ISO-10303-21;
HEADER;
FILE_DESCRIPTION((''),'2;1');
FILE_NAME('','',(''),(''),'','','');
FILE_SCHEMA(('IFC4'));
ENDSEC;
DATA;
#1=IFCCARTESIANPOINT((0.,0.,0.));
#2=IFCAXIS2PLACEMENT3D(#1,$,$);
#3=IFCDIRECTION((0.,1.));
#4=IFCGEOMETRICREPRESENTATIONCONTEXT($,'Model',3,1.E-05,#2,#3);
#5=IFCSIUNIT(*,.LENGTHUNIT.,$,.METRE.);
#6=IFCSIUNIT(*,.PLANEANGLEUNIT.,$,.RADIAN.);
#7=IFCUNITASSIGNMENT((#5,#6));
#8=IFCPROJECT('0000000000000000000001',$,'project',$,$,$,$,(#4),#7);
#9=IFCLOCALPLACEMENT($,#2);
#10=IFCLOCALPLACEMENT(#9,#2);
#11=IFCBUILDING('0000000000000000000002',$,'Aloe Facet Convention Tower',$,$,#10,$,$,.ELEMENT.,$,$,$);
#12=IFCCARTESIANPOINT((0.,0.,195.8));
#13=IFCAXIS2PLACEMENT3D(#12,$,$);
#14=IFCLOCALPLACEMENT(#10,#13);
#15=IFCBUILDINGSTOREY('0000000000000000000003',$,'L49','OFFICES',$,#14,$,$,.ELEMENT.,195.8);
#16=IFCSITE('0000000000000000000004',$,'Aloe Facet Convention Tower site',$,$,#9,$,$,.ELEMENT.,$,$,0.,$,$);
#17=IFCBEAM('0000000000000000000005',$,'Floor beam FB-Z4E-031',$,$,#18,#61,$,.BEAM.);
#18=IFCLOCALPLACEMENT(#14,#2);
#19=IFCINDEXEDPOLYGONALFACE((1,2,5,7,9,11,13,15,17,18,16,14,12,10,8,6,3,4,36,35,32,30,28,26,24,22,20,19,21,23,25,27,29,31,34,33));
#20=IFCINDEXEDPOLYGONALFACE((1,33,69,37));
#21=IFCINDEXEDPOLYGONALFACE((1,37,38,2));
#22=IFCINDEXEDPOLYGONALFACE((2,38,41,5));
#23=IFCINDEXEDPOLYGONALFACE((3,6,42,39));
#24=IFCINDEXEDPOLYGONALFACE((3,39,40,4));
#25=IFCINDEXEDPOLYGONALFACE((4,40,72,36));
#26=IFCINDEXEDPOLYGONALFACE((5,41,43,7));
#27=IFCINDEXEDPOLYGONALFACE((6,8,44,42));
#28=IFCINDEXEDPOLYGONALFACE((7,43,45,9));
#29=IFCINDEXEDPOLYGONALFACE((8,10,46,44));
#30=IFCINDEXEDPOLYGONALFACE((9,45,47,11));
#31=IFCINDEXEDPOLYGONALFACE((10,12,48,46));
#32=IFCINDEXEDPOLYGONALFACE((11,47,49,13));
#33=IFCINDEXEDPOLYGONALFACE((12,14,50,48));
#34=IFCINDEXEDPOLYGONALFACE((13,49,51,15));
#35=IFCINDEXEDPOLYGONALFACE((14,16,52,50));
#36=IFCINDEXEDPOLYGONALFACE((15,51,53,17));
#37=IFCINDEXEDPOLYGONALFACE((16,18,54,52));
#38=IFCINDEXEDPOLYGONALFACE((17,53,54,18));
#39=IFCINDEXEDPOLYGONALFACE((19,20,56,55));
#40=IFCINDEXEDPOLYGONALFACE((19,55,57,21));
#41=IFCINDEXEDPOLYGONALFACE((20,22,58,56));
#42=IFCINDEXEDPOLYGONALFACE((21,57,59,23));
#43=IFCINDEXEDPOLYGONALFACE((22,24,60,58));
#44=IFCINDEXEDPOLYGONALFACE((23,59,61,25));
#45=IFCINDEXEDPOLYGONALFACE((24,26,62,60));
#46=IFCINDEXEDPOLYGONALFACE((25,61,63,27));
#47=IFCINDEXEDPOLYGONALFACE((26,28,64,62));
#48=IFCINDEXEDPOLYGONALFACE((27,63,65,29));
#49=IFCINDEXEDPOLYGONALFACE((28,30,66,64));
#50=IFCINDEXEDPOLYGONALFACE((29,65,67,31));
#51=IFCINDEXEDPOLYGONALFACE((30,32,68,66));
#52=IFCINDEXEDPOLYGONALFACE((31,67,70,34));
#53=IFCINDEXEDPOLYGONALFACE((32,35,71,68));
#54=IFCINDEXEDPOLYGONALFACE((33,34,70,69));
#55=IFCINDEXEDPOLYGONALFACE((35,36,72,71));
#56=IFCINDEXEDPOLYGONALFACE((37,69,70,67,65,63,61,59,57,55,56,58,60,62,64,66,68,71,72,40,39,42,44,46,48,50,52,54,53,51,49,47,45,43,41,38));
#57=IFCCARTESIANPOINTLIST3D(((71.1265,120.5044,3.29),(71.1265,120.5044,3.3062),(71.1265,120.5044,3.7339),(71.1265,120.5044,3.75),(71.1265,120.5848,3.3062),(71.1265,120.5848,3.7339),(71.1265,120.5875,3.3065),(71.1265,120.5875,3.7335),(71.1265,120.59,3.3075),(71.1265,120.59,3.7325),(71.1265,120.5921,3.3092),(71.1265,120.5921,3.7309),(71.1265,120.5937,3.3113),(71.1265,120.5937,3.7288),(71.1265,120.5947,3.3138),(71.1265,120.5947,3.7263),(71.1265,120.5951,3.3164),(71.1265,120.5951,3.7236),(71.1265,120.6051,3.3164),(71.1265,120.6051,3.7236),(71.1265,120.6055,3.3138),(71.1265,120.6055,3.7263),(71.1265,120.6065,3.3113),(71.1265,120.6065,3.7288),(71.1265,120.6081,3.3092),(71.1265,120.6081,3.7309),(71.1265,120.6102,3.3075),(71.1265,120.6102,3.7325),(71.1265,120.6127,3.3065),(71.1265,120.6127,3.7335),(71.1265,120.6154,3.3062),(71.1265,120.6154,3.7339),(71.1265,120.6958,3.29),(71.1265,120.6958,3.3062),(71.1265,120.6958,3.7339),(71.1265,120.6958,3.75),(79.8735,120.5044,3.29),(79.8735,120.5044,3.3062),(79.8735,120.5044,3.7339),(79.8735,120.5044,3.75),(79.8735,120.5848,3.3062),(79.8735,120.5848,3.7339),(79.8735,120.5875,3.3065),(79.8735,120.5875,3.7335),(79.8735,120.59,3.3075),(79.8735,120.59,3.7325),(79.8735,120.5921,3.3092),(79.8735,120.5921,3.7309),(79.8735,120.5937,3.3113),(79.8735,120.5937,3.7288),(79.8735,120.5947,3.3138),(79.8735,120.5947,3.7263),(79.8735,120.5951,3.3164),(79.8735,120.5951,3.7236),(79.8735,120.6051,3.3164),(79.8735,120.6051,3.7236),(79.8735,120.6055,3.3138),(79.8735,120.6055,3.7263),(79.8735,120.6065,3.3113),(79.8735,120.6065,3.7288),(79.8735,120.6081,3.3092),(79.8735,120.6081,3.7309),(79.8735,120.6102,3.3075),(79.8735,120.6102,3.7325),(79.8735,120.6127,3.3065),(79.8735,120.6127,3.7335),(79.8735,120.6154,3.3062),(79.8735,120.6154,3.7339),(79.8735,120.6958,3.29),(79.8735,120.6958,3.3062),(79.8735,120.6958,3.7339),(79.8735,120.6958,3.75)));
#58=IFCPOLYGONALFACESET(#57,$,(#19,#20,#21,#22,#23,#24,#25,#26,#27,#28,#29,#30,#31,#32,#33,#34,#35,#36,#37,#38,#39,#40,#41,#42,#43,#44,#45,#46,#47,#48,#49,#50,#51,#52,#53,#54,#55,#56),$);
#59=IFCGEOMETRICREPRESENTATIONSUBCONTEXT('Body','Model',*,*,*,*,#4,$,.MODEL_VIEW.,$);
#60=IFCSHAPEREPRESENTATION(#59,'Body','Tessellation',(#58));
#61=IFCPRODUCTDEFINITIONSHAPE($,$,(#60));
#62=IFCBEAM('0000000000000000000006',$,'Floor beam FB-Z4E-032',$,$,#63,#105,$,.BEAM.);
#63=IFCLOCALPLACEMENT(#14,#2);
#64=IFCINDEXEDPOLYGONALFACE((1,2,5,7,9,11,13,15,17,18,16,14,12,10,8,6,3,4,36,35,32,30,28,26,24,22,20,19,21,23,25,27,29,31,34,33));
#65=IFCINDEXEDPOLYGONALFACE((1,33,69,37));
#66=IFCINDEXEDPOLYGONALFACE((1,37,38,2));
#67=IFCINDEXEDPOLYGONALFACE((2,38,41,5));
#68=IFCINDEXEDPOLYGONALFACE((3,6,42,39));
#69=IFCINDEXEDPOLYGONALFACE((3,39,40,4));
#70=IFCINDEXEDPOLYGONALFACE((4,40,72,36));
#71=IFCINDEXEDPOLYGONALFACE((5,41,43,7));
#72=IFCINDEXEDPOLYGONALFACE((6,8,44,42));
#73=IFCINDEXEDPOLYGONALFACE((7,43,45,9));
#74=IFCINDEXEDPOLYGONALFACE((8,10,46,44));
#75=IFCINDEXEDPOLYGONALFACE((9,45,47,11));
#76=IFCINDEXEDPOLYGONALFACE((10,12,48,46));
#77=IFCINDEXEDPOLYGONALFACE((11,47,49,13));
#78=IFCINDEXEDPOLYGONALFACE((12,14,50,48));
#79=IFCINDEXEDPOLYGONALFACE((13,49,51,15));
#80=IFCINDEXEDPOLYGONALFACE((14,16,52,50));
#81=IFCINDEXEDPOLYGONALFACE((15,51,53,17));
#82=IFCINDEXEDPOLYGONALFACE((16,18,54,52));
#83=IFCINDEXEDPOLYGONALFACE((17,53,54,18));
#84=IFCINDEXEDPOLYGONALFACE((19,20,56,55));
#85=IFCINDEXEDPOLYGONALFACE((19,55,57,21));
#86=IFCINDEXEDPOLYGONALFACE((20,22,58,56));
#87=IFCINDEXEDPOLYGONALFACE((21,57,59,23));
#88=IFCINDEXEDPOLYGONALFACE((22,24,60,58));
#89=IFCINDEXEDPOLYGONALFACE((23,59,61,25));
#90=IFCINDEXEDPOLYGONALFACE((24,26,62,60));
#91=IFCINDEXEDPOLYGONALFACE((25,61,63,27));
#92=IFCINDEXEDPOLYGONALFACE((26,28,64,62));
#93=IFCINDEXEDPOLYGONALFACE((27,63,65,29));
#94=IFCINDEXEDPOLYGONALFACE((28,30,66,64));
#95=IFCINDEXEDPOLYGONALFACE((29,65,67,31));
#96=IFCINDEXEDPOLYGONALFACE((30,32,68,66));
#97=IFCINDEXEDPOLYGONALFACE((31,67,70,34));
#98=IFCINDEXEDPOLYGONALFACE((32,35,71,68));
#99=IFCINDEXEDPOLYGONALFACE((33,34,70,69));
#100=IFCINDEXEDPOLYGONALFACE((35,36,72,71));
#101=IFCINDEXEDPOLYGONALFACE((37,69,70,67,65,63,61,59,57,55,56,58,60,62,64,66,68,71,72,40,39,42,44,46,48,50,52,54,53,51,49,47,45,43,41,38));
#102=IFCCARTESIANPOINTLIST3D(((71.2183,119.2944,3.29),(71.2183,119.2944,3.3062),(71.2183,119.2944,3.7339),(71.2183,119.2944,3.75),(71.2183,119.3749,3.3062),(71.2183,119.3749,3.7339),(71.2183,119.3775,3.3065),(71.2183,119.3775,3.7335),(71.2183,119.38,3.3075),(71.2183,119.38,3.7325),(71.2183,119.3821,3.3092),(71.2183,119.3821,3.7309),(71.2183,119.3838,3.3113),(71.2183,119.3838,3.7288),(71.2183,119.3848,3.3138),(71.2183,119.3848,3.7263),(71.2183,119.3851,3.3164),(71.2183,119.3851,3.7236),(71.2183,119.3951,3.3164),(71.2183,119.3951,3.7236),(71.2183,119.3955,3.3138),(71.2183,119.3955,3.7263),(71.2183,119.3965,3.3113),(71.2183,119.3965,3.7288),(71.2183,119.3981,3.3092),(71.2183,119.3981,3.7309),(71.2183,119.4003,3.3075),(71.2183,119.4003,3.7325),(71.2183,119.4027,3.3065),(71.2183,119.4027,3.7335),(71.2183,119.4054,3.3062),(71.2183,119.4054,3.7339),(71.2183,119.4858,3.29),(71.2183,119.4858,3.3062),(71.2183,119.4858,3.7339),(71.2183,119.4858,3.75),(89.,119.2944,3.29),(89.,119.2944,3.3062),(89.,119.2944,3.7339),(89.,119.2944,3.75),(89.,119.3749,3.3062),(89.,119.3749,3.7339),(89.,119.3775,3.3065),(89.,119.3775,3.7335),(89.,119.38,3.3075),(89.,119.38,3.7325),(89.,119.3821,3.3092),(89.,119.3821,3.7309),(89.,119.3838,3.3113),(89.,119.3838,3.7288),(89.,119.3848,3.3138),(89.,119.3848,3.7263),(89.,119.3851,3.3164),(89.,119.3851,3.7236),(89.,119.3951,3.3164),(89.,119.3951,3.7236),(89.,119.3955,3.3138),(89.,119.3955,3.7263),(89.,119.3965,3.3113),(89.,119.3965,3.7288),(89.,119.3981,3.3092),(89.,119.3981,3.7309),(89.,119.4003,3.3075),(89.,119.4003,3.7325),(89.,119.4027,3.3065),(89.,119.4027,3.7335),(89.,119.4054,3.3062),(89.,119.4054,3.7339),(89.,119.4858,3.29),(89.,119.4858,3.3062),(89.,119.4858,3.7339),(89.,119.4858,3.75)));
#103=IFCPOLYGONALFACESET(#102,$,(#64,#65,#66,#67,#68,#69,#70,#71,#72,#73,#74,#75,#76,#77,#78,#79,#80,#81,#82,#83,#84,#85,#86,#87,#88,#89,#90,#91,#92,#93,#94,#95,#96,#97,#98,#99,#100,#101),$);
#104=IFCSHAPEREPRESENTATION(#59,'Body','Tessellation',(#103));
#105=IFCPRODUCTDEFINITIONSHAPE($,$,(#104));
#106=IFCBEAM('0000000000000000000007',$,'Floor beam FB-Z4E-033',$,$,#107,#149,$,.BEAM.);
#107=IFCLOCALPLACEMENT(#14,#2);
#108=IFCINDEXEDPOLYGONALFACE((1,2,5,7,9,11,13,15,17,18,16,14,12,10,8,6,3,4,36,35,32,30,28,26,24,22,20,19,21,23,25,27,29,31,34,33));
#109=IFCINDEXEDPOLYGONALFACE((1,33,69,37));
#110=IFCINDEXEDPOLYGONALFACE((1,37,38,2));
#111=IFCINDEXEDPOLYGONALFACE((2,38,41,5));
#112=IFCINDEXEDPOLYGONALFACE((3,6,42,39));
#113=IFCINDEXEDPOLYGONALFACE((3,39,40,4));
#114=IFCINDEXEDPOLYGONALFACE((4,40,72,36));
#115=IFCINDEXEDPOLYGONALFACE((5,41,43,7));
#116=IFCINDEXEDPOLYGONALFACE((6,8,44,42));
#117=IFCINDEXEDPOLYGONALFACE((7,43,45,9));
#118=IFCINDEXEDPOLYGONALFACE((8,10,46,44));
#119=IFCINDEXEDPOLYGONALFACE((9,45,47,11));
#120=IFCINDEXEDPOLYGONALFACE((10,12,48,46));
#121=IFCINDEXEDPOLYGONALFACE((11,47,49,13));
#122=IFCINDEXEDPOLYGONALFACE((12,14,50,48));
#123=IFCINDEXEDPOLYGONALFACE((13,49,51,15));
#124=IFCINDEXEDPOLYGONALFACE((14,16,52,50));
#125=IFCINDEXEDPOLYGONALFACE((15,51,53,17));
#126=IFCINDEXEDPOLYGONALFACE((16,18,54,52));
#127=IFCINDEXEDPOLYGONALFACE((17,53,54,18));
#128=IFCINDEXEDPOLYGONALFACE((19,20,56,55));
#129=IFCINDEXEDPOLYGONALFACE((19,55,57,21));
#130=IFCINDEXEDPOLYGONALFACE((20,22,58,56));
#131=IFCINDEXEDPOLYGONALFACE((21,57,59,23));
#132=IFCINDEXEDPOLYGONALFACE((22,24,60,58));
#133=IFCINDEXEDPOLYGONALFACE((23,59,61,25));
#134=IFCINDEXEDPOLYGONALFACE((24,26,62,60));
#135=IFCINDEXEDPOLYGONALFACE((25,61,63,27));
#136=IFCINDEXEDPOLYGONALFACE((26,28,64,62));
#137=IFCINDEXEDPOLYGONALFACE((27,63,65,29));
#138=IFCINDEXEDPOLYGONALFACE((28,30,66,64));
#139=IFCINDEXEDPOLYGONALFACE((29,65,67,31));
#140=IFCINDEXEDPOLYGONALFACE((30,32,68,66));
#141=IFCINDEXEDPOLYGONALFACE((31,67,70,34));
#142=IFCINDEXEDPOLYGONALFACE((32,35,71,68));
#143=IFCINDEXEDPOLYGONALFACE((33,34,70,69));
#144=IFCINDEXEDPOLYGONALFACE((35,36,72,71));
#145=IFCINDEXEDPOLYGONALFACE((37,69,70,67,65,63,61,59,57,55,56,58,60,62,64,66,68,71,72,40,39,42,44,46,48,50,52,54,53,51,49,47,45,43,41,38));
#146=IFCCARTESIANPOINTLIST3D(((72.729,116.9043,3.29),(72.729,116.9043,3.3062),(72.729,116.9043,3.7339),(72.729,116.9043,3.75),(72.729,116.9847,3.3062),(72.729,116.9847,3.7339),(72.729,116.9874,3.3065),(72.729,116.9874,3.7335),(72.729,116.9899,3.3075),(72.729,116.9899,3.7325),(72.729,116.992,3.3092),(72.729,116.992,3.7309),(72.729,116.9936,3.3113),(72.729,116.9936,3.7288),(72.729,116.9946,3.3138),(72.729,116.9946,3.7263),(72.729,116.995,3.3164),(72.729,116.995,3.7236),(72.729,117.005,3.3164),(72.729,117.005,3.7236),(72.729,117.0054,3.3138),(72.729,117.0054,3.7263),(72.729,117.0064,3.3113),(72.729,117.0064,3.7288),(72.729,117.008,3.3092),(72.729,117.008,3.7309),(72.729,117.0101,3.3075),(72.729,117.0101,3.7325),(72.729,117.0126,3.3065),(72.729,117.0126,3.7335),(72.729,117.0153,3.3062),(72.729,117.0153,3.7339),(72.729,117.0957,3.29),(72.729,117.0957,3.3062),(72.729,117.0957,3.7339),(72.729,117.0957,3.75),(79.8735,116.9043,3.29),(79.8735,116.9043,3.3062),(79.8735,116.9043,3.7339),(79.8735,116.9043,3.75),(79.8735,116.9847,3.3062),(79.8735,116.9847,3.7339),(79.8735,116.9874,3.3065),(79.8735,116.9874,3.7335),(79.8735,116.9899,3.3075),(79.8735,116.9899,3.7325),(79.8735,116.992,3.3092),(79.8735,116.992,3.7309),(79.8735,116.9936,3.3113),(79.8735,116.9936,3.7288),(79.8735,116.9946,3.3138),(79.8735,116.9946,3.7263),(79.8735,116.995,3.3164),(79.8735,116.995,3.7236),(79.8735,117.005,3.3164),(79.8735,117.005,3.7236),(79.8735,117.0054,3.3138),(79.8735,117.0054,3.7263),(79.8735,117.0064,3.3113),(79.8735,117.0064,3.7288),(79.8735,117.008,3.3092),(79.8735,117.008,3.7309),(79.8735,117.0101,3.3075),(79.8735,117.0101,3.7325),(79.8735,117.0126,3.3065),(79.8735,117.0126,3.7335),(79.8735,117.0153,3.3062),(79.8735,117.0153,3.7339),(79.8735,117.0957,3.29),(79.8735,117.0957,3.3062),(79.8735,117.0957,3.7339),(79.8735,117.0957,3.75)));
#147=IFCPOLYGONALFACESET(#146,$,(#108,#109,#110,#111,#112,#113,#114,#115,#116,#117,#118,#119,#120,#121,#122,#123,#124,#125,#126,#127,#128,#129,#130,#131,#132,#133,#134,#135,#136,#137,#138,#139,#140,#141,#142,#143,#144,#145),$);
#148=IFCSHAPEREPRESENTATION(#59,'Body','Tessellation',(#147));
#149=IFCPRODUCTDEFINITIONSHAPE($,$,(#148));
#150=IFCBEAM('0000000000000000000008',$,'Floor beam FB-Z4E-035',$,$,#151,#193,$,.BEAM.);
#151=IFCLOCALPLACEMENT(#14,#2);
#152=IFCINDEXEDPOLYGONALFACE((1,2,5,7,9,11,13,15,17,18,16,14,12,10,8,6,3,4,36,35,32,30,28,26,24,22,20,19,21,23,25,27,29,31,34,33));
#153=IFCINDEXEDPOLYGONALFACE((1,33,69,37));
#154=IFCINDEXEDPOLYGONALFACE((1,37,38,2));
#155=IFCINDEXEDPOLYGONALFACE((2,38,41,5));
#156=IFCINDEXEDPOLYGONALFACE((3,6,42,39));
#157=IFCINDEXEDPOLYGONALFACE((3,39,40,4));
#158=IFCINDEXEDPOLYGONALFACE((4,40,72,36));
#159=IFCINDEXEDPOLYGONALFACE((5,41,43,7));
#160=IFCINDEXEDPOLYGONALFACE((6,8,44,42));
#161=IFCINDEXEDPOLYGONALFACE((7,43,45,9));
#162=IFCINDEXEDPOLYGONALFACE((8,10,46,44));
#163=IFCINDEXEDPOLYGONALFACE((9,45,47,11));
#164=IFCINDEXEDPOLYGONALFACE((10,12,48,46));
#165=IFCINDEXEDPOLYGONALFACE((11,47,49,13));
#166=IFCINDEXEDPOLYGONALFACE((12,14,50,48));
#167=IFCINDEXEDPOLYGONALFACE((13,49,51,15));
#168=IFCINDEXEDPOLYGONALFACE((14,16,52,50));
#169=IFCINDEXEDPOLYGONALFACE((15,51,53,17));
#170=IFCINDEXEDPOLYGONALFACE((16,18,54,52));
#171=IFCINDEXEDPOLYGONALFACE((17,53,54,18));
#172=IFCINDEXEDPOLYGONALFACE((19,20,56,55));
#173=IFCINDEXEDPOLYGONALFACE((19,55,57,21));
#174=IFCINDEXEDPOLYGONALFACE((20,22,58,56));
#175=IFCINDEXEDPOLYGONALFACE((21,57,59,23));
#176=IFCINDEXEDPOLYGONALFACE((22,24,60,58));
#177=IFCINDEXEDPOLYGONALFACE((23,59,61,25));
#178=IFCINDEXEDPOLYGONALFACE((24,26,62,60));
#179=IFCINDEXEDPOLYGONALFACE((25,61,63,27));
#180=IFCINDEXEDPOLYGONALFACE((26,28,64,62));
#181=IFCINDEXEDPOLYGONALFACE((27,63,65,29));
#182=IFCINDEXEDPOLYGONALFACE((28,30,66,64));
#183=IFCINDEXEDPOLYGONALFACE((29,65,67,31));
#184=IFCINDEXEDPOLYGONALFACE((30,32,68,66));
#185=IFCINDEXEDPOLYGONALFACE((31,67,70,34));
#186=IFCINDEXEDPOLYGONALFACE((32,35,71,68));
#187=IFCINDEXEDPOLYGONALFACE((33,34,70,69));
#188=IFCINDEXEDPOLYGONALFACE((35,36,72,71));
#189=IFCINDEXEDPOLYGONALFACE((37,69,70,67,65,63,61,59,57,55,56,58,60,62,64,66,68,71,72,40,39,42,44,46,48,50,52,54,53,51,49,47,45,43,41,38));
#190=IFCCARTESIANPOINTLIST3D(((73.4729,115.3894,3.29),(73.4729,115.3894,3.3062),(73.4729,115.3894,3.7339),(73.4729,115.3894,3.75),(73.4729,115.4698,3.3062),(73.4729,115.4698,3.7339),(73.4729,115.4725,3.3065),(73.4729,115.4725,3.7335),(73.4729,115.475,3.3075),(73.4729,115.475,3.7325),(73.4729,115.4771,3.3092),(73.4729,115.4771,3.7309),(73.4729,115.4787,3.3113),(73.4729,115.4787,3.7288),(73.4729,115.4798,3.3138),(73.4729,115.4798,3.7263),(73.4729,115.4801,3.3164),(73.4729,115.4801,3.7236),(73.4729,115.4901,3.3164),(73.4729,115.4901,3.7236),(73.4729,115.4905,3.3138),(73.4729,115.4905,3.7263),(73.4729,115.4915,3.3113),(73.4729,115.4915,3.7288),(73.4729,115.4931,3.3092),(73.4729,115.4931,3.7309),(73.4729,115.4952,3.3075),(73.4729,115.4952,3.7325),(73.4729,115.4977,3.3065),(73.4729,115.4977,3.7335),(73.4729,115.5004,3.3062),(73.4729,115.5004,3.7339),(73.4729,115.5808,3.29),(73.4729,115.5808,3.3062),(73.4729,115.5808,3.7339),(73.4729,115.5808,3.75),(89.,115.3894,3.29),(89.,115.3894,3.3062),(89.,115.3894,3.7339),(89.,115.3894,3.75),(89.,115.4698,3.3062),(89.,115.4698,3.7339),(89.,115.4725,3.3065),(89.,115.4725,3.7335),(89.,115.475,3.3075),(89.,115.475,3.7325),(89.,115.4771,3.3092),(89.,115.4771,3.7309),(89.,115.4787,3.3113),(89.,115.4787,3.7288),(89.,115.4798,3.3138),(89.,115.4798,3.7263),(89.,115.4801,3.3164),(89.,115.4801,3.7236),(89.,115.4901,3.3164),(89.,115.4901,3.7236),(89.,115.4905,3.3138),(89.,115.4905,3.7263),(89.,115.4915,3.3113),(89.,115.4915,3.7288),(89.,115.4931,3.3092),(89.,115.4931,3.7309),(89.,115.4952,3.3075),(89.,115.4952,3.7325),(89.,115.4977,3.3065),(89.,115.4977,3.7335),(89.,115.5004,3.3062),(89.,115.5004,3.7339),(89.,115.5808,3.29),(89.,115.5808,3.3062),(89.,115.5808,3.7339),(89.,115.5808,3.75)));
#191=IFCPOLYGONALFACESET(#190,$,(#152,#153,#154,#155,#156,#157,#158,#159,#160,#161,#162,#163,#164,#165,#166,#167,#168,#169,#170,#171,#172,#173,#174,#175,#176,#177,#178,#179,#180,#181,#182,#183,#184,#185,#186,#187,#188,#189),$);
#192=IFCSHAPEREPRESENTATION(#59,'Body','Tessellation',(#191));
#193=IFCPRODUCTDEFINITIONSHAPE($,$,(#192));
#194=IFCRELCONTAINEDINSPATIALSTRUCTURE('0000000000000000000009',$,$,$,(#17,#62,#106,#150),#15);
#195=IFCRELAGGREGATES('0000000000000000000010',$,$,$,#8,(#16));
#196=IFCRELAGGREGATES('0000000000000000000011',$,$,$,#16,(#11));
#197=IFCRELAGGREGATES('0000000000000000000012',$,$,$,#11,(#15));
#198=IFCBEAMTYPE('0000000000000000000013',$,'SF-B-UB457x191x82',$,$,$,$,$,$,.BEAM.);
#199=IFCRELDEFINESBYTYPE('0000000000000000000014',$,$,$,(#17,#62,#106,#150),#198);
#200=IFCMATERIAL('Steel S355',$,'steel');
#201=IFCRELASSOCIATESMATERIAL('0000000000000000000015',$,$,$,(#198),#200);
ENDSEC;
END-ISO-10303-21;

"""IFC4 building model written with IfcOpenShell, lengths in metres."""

from ifc_helpers import new_model, si_unit, direction, frame, origin, origin_2d, place, context, subcontext, project, spatial, i_section, extrude, material, material_profile, profile_set, type_object, element, save


model = new_model("IFC4")

# Units and contexts
model_context = context("Model", 3, precision=1e-05, world=origin(), true_north=direction((0.0, 1.0)))
body_context = subcontext(model_context, "Body", "Model", "MODEL_VIEW")
ifc_project = project(units=[si_unit("LENGTHUNIT", "METRE"), si_unit("PLANEANGLEUNIT", "RADIAN")], contexts=[model_context])

# Site, building, storey
site_placement = place(None, origin())
site = spatial("IfcSite", under=ifc_project, at=site_placement, Name="Aloe Facet Convention Tower site", CompositionType="ELEMENT", RefElevation=0.0)
building_placement = place(site_placement, origin())
building = spatial("IfcBuilding", under=site, at=building_placement, Name="Aloe Facet Convention Tower", CompositionType="ELEMENT")
storey_placement = place(building_placement, frame((0.0, 0.0, 195.8)))
storey = spatial("IfcBuildingStorey", under=building, at=storey_placement, Name="L49", Description="OFFICES", CompositionType="ELEMENT", Elevation=195.8)

# Beams
ifc_material_1 = material(Name="Steel S355", Category="steel")
ifc_material_profile_1 = material_profile(ifc_material_1, i_section(OverallWidth=0.1914, OverallDepth=0.46, WebThickness=0.01, FlangeThickness=0.0161, FilletRadius=0.0103, at=origin_2d()), Name="UB 457x191x82")
ifc_profile_set_1 = profile_set([ifc_material_profile_1], Name="Steel S355")
beam_type_1 = type_object("IfcBeamType", Name="SF-B-UB457x191x82", PredefinedType="BEAM", material=ifc_profile_set_1)
beam_1_placement = place(storey_placement, frame((71.1265, 120.6001, 3.52), z_axis=(1.0, 0.0, 0.0), x_axis=(0.0, 1.0, 0.0)))
element("IfcBeam", 1, at=beam_1_placement, inside=storey, type_object=beam_type_1, Name="Floor beam FB-Z4E-031", PredefinedType="BEAM", context=body_context, shape_type="SweptSolid", body=[
    extrude(i_section(OverallWidth=0.1914, OverallDepth=0.46, WebThickness=0.01, FlangeThickness=0.0161, FilletRadius=0.0103, at=origin_2d()), origin(), (0.0, 0.0, 1.0), 8.7471),
])
beam_2_placement = place(storey_placement, frame((71.2183, 119.3901, 3.52), z_axis=(1.0, 0.0, 0.0), x_axis=(0.0, 1.0, 0.0)))
element("IfcBeam", 2, at=beam_2_placement, inside=storey, type_object=beam_type_1, Name="Floor beam FB-Z4E-032", PredefinedType="BEAM", context=body_context, shape_type="SweptSolid", body=[
    extrude(i_section(OverallWidth=0.1914, OverallDepth=0.46, WebThickness=0.01, FlangeThickness=0.0161, FilletRadius=0.0103, at=origin_2d()), origin(), (0.0, 0.0, 1.0), 17.7817),
])
beam_3_placement = place(storey_placement, frame((72.729, 117.0, 3.52), z_axis=(1.0, 0.0, 0.0), x_axis=(0.0, 1.0, 0.0)))
element("IfcBeam", 3, at=beam_3_placement, inside=storey, type_object=beam_type_1, Name="Floor beam FB-Z4E-033", PredefinedType="BEAM", context=body_context, shape_type="SweptSolid", body=[
    extrude(i_section(OverallWidth=0.1914, OverallDepth=0.46, WebThickness=0.01, FlangeThickness=0.0161, FilletRadius=0.0103, at=origin_2d()), origin(), (0.0, 0.0, 1.0), 7.1445),
])
beam_4_placement = place(storey_placement, frame((73.4729, 115.4851, 3.52), z_axis=(1.0, 0.0, 0.0), x_axis=(0.0, 1.0, 0.0)))
element("IfcBeam", 4, at=beam_4_placement, inside=storey, type_object=beam_type_1, Name="Floor beam FB-Z4E-035", PredefinedType="BEAM", context=body_context, shape_type="SweptSolid", body=[
    extrude(i_section(OverallWidth=0.1914, OverallDepth=0.46, WebThickness=0.01, FlangeThickness=0.0161, FilletRadius=0.0103, at=origin_2d()), origin(), (0.0, 0.0, 1.0), 15.5271),
])

save(model, "model.ifc")
